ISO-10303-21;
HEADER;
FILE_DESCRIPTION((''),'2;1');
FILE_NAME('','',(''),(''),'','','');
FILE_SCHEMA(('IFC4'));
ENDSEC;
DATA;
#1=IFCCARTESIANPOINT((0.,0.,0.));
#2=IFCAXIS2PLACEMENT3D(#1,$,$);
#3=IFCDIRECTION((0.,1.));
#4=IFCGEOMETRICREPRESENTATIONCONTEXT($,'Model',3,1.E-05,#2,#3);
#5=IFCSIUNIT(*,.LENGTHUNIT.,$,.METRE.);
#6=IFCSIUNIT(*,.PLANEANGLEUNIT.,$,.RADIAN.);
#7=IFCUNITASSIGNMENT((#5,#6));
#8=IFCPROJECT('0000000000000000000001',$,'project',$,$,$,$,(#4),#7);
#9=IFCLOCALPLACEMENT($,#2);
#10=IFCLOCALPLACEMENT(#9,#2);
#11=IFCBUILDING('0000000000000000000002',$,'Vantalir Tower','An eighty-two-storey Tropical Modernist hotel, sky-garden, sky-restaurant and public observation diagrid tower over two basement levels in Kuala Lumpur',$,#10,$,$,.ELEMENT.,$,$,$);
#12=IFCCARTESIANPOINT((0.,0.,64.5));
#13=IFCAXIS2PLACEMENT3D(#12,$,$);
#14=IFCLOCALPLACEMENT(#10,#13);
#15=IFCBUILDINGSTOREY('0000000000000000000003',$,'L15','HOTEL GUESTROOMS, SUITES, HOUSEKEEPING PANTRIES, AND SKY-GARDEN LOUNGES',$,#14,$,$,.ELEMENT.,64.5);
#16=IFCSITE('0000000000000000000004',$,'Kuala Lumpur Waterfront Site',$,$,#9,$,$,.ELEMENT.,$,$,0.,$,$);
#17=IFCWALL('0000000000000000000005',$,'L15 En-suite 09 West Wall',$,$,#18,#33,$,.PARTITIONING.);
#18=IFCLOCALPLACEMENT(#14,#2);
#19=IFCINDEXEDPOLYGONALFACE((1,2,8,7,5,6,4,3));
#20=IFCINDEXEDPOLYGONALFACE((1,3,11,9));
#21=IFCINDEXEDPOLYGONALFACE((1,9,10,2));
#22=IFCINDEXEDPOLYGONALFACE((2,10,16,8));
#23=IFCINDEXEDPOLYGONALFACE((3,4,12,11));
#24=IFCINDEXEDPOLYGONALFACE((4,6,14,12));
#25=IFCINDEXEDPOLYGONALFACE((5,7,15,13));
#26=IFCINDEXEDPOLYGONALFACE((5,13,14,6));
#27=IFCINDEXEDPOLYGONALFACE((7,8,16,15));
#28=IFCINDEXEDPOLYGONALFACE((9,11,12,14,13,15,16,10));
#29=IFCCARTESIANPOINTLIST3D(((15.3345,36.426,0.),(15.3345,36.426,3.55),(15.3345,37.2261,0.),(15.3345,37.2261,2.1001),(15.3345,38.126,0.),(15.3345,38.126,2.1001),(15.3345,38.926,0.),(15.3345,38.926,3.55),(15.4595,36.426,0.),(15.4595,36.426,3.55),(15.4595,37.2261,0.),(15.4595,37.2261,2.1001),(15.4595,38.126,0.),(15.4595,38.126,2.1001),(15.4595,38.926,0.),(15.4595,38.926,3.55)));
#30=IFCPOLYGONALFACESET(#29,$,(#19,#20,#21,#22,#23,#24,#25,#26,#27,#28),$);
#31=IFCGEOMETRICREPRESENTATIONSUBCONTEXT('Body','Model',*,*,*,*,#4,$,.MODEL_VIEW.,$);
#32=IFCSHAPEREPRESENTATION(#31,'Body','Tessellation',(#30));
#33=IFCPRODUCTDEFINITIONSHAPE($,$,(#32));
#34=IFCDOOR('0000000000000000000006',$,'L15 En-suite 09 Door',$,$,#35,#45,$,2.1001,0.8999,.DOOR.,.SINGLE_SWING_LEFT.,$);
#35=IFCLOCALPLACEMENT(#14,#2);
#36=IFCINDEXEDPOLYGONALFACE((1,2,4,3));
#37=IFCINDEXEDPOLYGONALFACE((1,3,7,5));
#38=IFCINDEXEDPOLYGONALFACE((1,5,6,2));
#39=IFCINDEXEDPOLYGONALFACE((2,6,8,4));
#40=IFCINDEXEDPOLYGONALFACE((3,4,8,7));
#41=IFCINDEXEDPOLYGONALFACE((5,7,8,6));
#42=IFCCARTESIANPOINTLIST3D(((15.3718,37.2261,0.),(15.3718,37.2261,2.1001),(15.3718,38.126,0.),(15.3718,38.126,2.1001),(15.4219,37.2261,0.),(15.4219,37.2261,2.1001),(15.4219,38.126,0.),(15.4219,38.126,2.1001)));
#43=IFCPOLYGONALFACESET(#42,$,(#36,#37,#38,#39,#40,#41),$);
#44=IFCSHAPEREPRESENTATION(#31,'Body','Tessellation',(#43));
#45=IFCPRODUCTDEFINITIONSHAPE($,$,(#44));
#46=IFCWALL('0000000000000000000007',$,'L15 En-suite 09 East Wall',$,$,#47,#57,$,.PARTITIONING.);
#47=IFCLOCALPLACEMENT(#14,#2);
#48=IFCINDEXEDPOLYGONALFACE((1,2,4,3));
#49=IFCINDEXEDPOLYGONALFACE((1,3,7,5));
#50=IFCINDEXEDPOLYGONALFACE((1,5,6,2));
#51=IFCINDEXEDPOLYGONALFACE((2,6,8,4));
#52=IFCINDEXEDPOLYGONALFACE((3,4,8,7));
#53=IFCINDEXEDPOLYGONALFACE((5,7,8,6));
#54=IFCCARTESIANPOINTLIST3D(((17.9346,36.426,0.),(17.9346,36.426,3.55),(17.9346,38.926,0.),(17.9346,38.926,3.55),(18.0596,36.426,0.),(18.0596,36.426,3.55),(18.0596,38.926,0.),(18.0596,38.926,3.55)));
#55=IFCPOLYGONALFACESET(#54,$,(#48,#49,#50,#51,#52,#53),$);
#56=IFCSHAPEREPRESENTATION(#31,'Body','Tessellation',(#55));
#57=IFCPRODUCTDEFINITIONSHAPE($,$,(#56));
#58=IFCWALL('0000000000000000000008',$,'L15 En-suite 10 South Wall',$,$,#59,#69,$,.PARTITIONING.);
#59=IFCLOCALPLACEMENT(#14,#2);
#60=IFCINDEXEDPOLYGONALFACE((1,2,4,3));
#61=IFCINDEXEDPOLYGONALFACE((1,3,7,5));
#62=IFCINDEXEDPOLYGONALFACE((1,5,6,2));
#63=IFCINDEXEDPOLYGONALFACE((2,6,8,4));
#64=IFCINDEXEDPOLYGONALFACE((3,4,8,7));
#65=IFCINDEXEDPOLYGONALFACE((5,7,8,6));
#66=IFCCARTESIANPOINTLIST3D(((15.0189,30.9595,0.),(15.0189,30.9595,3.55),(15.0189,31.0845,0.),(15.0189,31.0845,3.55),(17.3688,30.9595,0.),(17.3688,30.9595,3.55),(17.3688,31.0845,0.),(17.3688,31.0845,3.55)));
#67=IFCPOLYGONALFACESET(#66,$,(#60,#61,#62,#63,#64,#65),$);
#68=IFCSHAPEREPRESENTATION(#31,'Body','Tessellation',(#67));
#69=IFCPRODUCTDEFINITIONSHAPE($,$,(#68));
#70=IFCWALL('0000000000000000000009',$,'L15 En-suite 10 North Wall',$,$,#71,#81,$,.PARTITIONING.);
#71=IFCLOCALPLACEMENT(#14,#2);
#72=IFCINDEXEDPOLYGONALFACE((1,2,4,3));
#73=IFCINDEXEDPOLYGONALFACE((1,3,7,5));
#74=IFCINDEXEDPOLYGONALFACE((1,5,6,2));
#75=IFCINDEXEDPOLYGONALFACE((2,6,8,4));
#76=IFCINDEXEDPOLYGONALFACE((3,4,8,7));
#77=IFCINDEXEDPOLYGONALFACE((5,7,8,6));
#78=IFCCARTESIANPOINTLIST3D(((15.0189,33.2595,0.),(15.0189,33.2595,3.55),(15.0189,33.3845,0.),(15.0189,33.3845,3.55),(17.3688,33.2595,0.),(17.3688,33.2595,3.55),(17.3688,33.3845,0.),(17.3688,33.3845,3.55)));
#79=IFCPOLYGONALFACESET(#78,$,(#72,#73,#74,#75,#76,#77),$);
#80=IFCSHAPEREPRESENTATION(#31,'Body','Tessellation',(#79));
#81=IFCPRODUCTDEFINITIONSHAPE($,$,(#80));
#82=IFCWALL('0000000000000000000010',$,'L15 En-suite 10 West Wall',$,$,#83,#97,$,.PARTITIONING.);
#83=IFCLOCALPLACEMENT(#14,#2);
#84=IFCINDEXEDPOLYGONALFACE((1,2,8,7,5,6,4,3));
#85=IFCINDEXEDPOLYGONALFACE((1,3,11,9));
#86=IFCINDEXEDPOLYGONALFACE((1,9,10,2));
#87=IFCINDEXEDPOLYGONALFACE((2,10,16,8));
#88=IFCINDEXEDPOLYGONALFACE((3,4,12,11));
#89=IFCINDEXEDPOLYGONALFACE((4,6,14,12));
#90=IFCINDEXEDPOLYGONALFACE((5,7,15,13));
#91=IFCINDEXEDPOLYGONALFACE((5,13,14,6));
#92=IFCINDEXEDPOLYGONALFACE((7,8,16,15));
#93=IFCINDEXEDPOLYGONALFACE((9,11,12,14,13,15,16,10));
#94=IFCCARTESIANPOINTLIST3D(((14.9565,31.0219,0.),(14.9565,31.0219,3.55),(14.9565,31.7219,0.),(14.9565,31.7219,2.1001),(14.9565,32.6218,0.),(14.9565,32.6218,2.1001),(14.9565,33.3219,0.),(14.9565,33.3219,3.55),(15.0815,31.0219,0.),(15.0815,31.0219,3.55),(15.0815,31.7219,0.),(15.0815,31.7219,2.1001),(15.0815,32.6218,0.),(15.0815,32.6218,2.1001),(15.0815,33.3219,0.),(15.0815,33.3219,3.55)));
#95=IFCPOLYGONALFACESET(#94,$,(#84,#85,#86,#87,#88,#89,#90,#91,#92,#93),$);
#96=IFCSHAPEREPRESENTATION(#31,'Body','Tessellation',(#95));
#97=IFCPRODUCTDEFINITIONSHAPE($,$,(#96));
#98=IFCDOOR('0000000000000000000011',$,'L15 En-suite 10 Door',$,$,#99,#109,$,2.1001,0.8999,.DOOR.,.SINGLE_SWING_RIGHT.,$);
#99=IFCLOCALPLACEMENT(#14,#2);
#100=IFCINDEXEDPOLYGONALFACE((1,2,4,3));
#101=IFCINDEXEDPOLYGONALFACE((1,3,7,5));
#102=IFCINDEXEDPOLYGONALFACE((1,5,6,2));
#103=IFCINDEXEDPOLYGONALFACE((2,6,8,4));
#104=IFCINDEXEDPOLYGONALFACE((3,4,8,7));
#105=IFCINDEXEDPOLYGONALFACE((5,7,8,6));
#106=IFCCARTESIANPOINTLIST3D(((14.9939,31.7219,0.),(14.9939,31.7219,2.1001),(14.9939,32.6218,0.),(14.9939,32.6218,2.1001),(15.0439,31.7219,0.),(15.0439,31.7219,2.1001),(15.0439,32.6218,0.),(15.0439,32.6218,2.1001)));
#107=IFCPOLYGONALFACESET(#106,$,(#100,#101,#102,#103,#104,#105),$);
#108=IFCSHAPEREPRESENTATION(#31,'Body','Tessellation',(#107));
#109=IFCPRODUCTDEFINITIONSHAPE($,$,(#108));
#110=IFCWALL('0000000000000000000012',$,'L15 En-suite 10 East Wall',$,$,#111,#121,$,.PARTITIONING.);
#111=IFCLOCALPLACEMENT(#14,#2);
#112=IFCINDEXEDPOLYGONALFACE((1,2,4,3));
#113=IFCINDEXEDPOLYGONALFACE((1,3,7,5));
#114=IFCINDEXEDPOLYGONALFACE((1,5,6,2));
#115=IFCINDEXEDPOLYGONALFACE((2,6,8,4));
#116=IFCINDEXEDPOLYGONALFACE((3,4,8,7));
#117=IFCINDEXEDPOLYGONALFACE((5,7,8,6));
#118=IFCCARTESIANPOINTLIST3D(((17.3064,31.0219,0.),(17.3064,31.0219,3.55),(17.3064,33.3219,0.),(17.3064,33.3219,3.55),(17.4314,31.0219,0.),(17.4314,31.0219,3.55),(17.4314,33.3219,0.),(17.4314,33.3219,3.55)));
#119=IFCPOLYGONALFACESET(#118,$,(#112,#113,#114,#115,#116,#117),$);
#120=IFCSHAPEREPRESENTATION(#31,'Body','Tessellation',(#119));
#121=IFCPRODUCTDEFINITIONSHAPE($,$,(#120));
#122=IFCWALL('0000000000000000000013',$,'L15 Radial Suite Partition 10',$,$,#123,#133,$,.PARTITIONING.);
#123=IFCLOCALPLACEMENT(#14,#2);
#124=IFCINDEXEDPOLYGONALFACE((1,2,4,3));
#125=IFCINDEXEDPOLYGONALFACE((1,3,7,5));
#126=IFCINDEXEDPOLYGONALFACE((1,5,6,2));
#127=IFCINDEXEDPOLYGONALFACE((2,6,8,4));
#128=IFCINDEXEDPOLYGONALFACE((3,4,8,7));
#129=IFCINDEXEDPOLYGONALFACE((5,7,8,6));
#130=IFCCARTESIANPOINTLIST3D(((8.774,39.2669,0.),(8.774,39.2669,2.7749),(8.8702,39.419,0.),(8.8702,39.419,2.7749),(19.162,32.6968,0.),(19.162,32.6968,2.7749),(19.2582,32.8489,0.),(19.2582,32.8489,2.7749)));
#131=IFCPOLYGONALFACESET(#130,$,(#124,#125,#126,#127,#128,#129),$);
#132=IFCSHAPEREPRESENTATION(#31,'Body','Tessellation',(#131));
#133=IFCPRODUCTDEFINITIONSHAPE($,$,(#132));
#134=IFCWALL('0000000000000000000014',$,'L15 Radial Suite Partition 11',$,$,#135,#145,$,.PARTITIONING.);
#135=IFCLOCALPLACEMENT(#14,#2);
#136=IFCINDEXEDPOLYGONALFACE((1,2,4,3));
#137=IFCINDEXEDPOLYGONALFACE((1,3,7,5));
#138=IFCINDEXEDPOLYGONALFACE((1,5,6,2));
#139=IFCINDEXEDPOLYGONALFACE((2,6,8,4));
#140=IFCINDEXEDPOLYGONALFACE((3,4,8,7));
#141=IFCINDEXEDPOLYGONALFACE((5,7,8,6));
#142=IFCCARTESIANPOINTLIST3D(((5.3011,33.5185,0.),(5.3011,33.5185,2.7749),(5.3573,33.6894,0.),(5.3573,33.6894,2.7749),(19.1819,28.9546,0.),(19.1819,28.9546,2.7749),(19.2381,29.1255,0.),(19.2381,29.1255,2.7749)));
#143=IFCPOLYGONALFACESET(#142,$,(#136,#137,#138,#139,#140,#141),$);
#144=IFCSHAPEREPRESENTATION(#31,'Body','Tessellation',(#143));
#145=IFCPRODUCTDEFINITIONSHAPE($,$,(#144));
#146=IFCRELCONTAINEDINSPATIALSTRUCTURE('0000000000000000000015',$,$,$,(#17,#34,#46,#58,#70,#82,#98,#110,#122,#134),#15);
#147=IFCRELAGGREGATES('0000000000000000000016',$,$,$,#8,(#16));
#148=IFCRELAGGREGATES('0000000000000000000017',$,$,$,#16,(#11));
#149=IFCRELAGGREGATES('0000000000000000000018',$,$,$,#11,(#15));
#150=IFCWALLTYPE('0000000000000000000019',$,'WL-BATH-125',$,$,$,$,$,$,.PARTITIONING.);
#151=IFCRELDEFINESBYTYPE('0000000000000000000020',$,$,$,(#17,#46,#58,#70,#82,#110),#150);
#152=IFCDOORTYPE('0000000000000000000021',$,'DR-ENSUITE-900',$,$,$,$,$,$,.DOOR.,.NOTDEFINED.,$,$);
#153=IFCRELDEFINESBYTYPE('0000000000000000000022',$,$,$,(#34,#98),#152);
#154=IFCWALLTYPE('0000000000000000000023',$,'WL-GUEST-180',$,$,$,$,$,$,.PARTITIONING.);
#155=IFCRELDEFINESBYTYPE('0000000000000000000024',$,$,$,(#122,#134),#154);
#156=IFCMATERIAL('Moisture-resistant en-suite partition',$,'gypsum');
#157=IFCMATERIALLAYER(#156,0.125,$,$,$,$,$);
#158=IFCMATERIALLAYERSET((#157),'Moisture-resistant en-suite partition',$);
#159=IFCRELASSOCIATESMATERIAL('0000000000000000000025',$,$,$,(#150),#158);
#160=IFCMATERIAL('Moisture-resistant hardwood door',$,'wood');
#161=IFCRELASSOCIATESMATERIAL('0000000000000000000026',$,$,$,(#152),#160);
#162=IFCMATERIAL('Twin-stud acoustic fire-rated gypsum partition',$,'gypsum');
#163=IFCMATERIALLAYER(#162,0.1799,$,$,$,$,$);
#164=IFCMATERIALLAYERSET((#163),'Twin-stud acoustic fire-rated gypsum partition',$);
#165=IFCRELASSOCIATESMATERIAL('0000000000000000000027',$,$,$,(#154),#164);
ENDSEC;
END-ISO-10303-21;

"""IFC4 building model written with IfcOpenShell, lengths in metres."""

from ifc_helpers import new_model, si_unit, direction, frame, frame_2d, origin, place, context, subcontext, project, spatial, rectangle, extrude, material, layer, layer_set, type_object, element, fill, save


model = new_model("IFC4")

# Units and contexts
model_context = context("Model", 3, precision=1e-05, world=origin(), true_north=direction((0.0, 1.0)))
body_context = subcontext(model_context, "Body", "Model", "MODEL_VIEW")
ifc_project = project(units=[si_unit("LENGTHUNIT", "METRE"), si_unit("PLANEANGLEUNIT", "RADIAN")], contexts=[model_context])

# Site, building, storey
site_placement = place(None, origin())
site = spatial("IfcSite", under=ifc_project, at=site_placement, Name="Kuala Lumpur Waterfront Site", CompositionType="ELEMENT", RefElevation=0.0)
building_placement = place(site_placement, origin())
building = spatial("IfcBuilding", under=site, at=building_placement, Name="Vantalir Tower", Description="An eighty-two-storey Tropical Modernist hotel, sky-garden, sky-restaurant and public observation diagrid tower over two basement levels in Kuala Lumpur", CompositionType="ELEMENT")
storey_placement = place(building_placement, frame((0.0, 0.0, 64.5)))
storey = spatial("IfcBuildingStorey", under=building, at=storey_placement, Name="L15", Description="HOTEL GUESTROOMS, SUITES, HOUSEKEEPING PANTRIES, AND SKY-GARDEN LOUNGES", CompositionType="ELEMENT", Elevation=64.5)

# Shared definitions
ifc_material_1 = material(Name="Moisture-resistant en-suite partition", Category="gypsum")
ifc_layer_1 = layer(ifc_material_1, 0.125)
ifc_layer_set_1 = layer_set([ifc_layer_1], Name="Moisture-resistant en-suite partition")
wall_type_1 = type_object("IfcWallType", Name="WL-BATH-125", PredefinedType="PARTITIONING", material=ifc_layer_set_1)

# Wall, opening, door
wall_1_placement = place(storey_placement, frame((15.397, 36.426, 0.0), z_axis=(0.0, 0.0, 1.0), x_axis=(0.0, 1.0, 0.0)))
wall_1 = element("IfcWall", 1, at=wall_1_placement, inside=storey, type_object=wall_type_1, Name="L15 En-suite 09 West Wall", PredefinedType="PARTITIONING", context=body_context, shape_type="SweptSolid", body=[
    extrude(rectangle(XDim=2.5, YDim=0.125, at=frame_2d((1.25, 0.0))), origin(), (0.0, 0.0, 1.0), 3.55),
])
opening_1_placement = place(wall_1_placement, frame((0.8, 0.0, 0.0)))
opening_1 = element("IfcOpeningElement", 2, at=opening_1_placement, cuts=wall_1, PredefinedType="OPENING", context=body_context, shape_type="SweptSolid", body=[
    extrude(rectangle(XDim=0.8999, YDim=2.1001, at=frame_2d((0.45, 1.05))), frame((0.0, 0.0725, 0.0), z_axis=(0.0, -1.0, 0.0), x_axis=(1.0, 0.0, 0.0)), (0.0, 0.0, 1.0), 0.145),
])
ifc_material_2 = material(Name="Moisture-resistant hardwood door", Category="wood")
door_type = type_object("IfcDoorType", Name="DR-ENSUITE-900", OperationType="NOTDEFINED", PredefinedType="DOOR", material=ifc_material_2)
door_1_placement = place(opening_1_placement, frame((0.8999, 0.0, 0.0), z_axis=(0.0, 0.0, 1.0), x_axis=(-1.0, 0.0, 0.0)))
door_1 = element("IfcDoor", 3, at=door_1_placement, inside=storey, type_object=door_type, Name="L15 En-suite 09 Door", OperationType="SINGLE_SWING_LEFT", OverallHeight=2.1001, OverallWidth=0.8999, PredefinedType="DOOR", context=body_context, shape_type="SweptSolid", body=[
    extrude(rectangle(XDim=0.8999, YDim=2.1001, at=frame_2d((0.45, 1.05))), frame((0.0, 0.0249, 0.0), z_axis=(0.0, -1.0, 0.0), x_axis=(1.0, 0.0, 0.0)), (0.0, 0.0, 1.0), 0.05),
])
fill(opening_1, door_1)

# Walls
wall_2_placement = place(storey_placement, frame((17.9971, 36.426, 0.0), z_axis=(0.0, 0.0, 1.0), x_axis=(0.0, 1.0, 0.0)))
element("IfcWall", 4, at=wall_2_placement, inside=storey, type_object=wall_type_1, Name="L15 En-suite 09 East Wall", PredefinedType="PARTITIONING", context=body_context, shape_type="SweptSolid", body=[
    extrude(rectangle(XDim=2.5, YDim=0.125, at=frame_2d((1.25, 0.0))), origin(), (0.0, 0.0, 1.0), 3.55),
])
for number, where, z_axis, x_axis, name in (
    (5, (15.019, 31.022, 0.0), (0.0, 0.0, 1.0), (1.0, 0.0, 0.0), "L15 En-suite 10 South Wall"),
    (6, (15.019, 33.322, 0.0), (0.0, 0.0, 1.0), (1.0, 0.0, 0.0), "L15 En-suite 10 North Wall"),
):
    element("IfcWall", number, at=place(storey_placement, frame(where, z_axis=z_axis, x_axis=x_axis)), inside=storey, type_object=wall_type_1, Name=name, PredefinedType="PARTITIONING", context=body_context, shape_type="SweptSolid", body=[
        extrude(rectangle(XDim=2.3499, YDim=0.125, at=frame_2d((1.1748, 0.0))), origin(), (0.0, 0.0, 1.0), 3.55),
    ])

# Wall, opening, door
wall_3_placement = place(storey_placement, frame((15.019, 31.022, 0.0), z_axis=(0.0, 0.0, 1.0), x_axis=(0.0, 1.0, 0.0)))
wall_3 = element("IfcWall", 7, at=wall_3_placement, inside=storey, type_object=wall_type_1, Name="L15 En-suite 10 West Wall", PredefinedType="PARTITIONING", context=body_context, shape_type="SweptSolid", body=[
    extrude(rectangle(XDim=2.3, YDim=0.125, at=frame_2d((1.1499, 0.0))), origin(), (0.0, 0.0, 1.0), 3.55),
])
opening_2_placement = place(wall_3_placement, frame((0.7, 0.0, 0.0)))
opening_2 = element("IfcOpeningElement", 8, at=opening_2_placement, cuts=wall_3, PredefinedType="OPENING", context=body_context, shape_type="SweptSolid", body=[
    extrude(rectangle(XDim=0.8999, YDim=2.1001, at=frame_2d((0.45, 1.05))), frame((0.0, 0.0725, 0.0), z_axis=(0.0, -1.0, 0.0), x_axis=(1.0, 0.0, 0.0)), (0.0, 0.0, 1.0), 0.145),
])
door_2_placement = place(opening_2_placement, frame((0.8999, 0.0, 0.0), z_axis=(0.0, 0.0, 1.0), x_axis=(-1.0, 0.0, 0.0)))
door_2 = element("IfcDoor", 9, at=door_2_placement, inside=storey, type_object=door_type, Name="L15 En-suite 10 Door", OperationType="SINGLE_SWING_RIGHT", OverallHeight=2.1001, OverallWidth=0.8999, PredefinedType="DOOR", context=body_context, shape_type="SweptSolid", body=[
    extrude(rectangle(XDim=0.8999, YDim=2.1001, at=frame_2d((0.45, 1.05))), frame((0.0, 0.0249, 0.0), z_axis=(0.0, -1.0, 0.0), x_axis=(1.0, 0.0, 0.0)), (0.0, 0.0, 1.0), 0.05),
])
fill(opening_2, door_2)

# Walls
wall_4_placement = place(storey_placement, frame((17.3689, 31.022, 0.0), z_axis=(0.0, 0.0, 1.0), x_axis=(0.0, 1.0, 0.0)))
element("IfcWall", 10, at=wall_4_placement, inside=storey, type_object=wall_type_1, Name="L15 En-suite 10 East Wall", PredefinedType="PARTITIONING", context=body_context, shape_type="SweptSolid", body=[
    extrude(rectangle(XDim=2.3, YDim=0.125, at=frame_2d((1.1499, 0.0))), origin(), (0.0, 0.0, 1.0), 3.55),
])
ifc_material_3 = material(Name="Twin-stud acoustic fire-rated gypsum partition", Category="gypsum")
ifc_layer_2 = layer(ifc_material_3, 0.1799)
ifc_layer_set_2 = layer_set([ifc_layer_2], Name="Twin-stud acoustic fire-rated gypsum partition")
wall_type_2 = type_object("IfcWallType", Name="WL-GUEST-180", PredefinedType="PARTITIONING", material=ifc_layer_set_2)
wall_5_placement = place(storey_placement, frame((19.21, 32.7729, 0.0), z_axis=(0.0, 0.0, 1.0), x_axis=(-0.845148, 0.534532, 0.0)))
element("IfcWall", 11, at=wall_5_placement, inside=storey, type_object=wall_type_2, Name="L15 Radial Suite Partition 10", PredefinedType="PARTITIONING", context=body_context, shape_type="SweptSolid", body=[
    extrude(rectangle(XDim=12.2913, YDim=0.1799, at=frame_2d((6.1455, 0.0))), origin(), (0.0, 0.0, 1.0), 2.7749),
])
wall_6_placement = place(storey_placement, frame((19.21, 29.04, 0.0), z_axis=(0.0, 0.0, 1.0), x_axis=(-0.949969, 0.312345, 0.0)))
element("IfcWall", 12, at=wall_6_placement, inside=storey, type_object=wall_type_2, Name="L15 Radial Suite Partition 11", PredefinedType="PARTITIONING", context=body_context, shape_type="SweptSolid", body=[
    extrude(rectangle(XDim=14.6118, YDim=0.1799, at=frame_2d((7.3059, 0.0))), origin(), (0.0, 0.0, 1.0), 2.7749),
])

save(model, "model.ifc")
